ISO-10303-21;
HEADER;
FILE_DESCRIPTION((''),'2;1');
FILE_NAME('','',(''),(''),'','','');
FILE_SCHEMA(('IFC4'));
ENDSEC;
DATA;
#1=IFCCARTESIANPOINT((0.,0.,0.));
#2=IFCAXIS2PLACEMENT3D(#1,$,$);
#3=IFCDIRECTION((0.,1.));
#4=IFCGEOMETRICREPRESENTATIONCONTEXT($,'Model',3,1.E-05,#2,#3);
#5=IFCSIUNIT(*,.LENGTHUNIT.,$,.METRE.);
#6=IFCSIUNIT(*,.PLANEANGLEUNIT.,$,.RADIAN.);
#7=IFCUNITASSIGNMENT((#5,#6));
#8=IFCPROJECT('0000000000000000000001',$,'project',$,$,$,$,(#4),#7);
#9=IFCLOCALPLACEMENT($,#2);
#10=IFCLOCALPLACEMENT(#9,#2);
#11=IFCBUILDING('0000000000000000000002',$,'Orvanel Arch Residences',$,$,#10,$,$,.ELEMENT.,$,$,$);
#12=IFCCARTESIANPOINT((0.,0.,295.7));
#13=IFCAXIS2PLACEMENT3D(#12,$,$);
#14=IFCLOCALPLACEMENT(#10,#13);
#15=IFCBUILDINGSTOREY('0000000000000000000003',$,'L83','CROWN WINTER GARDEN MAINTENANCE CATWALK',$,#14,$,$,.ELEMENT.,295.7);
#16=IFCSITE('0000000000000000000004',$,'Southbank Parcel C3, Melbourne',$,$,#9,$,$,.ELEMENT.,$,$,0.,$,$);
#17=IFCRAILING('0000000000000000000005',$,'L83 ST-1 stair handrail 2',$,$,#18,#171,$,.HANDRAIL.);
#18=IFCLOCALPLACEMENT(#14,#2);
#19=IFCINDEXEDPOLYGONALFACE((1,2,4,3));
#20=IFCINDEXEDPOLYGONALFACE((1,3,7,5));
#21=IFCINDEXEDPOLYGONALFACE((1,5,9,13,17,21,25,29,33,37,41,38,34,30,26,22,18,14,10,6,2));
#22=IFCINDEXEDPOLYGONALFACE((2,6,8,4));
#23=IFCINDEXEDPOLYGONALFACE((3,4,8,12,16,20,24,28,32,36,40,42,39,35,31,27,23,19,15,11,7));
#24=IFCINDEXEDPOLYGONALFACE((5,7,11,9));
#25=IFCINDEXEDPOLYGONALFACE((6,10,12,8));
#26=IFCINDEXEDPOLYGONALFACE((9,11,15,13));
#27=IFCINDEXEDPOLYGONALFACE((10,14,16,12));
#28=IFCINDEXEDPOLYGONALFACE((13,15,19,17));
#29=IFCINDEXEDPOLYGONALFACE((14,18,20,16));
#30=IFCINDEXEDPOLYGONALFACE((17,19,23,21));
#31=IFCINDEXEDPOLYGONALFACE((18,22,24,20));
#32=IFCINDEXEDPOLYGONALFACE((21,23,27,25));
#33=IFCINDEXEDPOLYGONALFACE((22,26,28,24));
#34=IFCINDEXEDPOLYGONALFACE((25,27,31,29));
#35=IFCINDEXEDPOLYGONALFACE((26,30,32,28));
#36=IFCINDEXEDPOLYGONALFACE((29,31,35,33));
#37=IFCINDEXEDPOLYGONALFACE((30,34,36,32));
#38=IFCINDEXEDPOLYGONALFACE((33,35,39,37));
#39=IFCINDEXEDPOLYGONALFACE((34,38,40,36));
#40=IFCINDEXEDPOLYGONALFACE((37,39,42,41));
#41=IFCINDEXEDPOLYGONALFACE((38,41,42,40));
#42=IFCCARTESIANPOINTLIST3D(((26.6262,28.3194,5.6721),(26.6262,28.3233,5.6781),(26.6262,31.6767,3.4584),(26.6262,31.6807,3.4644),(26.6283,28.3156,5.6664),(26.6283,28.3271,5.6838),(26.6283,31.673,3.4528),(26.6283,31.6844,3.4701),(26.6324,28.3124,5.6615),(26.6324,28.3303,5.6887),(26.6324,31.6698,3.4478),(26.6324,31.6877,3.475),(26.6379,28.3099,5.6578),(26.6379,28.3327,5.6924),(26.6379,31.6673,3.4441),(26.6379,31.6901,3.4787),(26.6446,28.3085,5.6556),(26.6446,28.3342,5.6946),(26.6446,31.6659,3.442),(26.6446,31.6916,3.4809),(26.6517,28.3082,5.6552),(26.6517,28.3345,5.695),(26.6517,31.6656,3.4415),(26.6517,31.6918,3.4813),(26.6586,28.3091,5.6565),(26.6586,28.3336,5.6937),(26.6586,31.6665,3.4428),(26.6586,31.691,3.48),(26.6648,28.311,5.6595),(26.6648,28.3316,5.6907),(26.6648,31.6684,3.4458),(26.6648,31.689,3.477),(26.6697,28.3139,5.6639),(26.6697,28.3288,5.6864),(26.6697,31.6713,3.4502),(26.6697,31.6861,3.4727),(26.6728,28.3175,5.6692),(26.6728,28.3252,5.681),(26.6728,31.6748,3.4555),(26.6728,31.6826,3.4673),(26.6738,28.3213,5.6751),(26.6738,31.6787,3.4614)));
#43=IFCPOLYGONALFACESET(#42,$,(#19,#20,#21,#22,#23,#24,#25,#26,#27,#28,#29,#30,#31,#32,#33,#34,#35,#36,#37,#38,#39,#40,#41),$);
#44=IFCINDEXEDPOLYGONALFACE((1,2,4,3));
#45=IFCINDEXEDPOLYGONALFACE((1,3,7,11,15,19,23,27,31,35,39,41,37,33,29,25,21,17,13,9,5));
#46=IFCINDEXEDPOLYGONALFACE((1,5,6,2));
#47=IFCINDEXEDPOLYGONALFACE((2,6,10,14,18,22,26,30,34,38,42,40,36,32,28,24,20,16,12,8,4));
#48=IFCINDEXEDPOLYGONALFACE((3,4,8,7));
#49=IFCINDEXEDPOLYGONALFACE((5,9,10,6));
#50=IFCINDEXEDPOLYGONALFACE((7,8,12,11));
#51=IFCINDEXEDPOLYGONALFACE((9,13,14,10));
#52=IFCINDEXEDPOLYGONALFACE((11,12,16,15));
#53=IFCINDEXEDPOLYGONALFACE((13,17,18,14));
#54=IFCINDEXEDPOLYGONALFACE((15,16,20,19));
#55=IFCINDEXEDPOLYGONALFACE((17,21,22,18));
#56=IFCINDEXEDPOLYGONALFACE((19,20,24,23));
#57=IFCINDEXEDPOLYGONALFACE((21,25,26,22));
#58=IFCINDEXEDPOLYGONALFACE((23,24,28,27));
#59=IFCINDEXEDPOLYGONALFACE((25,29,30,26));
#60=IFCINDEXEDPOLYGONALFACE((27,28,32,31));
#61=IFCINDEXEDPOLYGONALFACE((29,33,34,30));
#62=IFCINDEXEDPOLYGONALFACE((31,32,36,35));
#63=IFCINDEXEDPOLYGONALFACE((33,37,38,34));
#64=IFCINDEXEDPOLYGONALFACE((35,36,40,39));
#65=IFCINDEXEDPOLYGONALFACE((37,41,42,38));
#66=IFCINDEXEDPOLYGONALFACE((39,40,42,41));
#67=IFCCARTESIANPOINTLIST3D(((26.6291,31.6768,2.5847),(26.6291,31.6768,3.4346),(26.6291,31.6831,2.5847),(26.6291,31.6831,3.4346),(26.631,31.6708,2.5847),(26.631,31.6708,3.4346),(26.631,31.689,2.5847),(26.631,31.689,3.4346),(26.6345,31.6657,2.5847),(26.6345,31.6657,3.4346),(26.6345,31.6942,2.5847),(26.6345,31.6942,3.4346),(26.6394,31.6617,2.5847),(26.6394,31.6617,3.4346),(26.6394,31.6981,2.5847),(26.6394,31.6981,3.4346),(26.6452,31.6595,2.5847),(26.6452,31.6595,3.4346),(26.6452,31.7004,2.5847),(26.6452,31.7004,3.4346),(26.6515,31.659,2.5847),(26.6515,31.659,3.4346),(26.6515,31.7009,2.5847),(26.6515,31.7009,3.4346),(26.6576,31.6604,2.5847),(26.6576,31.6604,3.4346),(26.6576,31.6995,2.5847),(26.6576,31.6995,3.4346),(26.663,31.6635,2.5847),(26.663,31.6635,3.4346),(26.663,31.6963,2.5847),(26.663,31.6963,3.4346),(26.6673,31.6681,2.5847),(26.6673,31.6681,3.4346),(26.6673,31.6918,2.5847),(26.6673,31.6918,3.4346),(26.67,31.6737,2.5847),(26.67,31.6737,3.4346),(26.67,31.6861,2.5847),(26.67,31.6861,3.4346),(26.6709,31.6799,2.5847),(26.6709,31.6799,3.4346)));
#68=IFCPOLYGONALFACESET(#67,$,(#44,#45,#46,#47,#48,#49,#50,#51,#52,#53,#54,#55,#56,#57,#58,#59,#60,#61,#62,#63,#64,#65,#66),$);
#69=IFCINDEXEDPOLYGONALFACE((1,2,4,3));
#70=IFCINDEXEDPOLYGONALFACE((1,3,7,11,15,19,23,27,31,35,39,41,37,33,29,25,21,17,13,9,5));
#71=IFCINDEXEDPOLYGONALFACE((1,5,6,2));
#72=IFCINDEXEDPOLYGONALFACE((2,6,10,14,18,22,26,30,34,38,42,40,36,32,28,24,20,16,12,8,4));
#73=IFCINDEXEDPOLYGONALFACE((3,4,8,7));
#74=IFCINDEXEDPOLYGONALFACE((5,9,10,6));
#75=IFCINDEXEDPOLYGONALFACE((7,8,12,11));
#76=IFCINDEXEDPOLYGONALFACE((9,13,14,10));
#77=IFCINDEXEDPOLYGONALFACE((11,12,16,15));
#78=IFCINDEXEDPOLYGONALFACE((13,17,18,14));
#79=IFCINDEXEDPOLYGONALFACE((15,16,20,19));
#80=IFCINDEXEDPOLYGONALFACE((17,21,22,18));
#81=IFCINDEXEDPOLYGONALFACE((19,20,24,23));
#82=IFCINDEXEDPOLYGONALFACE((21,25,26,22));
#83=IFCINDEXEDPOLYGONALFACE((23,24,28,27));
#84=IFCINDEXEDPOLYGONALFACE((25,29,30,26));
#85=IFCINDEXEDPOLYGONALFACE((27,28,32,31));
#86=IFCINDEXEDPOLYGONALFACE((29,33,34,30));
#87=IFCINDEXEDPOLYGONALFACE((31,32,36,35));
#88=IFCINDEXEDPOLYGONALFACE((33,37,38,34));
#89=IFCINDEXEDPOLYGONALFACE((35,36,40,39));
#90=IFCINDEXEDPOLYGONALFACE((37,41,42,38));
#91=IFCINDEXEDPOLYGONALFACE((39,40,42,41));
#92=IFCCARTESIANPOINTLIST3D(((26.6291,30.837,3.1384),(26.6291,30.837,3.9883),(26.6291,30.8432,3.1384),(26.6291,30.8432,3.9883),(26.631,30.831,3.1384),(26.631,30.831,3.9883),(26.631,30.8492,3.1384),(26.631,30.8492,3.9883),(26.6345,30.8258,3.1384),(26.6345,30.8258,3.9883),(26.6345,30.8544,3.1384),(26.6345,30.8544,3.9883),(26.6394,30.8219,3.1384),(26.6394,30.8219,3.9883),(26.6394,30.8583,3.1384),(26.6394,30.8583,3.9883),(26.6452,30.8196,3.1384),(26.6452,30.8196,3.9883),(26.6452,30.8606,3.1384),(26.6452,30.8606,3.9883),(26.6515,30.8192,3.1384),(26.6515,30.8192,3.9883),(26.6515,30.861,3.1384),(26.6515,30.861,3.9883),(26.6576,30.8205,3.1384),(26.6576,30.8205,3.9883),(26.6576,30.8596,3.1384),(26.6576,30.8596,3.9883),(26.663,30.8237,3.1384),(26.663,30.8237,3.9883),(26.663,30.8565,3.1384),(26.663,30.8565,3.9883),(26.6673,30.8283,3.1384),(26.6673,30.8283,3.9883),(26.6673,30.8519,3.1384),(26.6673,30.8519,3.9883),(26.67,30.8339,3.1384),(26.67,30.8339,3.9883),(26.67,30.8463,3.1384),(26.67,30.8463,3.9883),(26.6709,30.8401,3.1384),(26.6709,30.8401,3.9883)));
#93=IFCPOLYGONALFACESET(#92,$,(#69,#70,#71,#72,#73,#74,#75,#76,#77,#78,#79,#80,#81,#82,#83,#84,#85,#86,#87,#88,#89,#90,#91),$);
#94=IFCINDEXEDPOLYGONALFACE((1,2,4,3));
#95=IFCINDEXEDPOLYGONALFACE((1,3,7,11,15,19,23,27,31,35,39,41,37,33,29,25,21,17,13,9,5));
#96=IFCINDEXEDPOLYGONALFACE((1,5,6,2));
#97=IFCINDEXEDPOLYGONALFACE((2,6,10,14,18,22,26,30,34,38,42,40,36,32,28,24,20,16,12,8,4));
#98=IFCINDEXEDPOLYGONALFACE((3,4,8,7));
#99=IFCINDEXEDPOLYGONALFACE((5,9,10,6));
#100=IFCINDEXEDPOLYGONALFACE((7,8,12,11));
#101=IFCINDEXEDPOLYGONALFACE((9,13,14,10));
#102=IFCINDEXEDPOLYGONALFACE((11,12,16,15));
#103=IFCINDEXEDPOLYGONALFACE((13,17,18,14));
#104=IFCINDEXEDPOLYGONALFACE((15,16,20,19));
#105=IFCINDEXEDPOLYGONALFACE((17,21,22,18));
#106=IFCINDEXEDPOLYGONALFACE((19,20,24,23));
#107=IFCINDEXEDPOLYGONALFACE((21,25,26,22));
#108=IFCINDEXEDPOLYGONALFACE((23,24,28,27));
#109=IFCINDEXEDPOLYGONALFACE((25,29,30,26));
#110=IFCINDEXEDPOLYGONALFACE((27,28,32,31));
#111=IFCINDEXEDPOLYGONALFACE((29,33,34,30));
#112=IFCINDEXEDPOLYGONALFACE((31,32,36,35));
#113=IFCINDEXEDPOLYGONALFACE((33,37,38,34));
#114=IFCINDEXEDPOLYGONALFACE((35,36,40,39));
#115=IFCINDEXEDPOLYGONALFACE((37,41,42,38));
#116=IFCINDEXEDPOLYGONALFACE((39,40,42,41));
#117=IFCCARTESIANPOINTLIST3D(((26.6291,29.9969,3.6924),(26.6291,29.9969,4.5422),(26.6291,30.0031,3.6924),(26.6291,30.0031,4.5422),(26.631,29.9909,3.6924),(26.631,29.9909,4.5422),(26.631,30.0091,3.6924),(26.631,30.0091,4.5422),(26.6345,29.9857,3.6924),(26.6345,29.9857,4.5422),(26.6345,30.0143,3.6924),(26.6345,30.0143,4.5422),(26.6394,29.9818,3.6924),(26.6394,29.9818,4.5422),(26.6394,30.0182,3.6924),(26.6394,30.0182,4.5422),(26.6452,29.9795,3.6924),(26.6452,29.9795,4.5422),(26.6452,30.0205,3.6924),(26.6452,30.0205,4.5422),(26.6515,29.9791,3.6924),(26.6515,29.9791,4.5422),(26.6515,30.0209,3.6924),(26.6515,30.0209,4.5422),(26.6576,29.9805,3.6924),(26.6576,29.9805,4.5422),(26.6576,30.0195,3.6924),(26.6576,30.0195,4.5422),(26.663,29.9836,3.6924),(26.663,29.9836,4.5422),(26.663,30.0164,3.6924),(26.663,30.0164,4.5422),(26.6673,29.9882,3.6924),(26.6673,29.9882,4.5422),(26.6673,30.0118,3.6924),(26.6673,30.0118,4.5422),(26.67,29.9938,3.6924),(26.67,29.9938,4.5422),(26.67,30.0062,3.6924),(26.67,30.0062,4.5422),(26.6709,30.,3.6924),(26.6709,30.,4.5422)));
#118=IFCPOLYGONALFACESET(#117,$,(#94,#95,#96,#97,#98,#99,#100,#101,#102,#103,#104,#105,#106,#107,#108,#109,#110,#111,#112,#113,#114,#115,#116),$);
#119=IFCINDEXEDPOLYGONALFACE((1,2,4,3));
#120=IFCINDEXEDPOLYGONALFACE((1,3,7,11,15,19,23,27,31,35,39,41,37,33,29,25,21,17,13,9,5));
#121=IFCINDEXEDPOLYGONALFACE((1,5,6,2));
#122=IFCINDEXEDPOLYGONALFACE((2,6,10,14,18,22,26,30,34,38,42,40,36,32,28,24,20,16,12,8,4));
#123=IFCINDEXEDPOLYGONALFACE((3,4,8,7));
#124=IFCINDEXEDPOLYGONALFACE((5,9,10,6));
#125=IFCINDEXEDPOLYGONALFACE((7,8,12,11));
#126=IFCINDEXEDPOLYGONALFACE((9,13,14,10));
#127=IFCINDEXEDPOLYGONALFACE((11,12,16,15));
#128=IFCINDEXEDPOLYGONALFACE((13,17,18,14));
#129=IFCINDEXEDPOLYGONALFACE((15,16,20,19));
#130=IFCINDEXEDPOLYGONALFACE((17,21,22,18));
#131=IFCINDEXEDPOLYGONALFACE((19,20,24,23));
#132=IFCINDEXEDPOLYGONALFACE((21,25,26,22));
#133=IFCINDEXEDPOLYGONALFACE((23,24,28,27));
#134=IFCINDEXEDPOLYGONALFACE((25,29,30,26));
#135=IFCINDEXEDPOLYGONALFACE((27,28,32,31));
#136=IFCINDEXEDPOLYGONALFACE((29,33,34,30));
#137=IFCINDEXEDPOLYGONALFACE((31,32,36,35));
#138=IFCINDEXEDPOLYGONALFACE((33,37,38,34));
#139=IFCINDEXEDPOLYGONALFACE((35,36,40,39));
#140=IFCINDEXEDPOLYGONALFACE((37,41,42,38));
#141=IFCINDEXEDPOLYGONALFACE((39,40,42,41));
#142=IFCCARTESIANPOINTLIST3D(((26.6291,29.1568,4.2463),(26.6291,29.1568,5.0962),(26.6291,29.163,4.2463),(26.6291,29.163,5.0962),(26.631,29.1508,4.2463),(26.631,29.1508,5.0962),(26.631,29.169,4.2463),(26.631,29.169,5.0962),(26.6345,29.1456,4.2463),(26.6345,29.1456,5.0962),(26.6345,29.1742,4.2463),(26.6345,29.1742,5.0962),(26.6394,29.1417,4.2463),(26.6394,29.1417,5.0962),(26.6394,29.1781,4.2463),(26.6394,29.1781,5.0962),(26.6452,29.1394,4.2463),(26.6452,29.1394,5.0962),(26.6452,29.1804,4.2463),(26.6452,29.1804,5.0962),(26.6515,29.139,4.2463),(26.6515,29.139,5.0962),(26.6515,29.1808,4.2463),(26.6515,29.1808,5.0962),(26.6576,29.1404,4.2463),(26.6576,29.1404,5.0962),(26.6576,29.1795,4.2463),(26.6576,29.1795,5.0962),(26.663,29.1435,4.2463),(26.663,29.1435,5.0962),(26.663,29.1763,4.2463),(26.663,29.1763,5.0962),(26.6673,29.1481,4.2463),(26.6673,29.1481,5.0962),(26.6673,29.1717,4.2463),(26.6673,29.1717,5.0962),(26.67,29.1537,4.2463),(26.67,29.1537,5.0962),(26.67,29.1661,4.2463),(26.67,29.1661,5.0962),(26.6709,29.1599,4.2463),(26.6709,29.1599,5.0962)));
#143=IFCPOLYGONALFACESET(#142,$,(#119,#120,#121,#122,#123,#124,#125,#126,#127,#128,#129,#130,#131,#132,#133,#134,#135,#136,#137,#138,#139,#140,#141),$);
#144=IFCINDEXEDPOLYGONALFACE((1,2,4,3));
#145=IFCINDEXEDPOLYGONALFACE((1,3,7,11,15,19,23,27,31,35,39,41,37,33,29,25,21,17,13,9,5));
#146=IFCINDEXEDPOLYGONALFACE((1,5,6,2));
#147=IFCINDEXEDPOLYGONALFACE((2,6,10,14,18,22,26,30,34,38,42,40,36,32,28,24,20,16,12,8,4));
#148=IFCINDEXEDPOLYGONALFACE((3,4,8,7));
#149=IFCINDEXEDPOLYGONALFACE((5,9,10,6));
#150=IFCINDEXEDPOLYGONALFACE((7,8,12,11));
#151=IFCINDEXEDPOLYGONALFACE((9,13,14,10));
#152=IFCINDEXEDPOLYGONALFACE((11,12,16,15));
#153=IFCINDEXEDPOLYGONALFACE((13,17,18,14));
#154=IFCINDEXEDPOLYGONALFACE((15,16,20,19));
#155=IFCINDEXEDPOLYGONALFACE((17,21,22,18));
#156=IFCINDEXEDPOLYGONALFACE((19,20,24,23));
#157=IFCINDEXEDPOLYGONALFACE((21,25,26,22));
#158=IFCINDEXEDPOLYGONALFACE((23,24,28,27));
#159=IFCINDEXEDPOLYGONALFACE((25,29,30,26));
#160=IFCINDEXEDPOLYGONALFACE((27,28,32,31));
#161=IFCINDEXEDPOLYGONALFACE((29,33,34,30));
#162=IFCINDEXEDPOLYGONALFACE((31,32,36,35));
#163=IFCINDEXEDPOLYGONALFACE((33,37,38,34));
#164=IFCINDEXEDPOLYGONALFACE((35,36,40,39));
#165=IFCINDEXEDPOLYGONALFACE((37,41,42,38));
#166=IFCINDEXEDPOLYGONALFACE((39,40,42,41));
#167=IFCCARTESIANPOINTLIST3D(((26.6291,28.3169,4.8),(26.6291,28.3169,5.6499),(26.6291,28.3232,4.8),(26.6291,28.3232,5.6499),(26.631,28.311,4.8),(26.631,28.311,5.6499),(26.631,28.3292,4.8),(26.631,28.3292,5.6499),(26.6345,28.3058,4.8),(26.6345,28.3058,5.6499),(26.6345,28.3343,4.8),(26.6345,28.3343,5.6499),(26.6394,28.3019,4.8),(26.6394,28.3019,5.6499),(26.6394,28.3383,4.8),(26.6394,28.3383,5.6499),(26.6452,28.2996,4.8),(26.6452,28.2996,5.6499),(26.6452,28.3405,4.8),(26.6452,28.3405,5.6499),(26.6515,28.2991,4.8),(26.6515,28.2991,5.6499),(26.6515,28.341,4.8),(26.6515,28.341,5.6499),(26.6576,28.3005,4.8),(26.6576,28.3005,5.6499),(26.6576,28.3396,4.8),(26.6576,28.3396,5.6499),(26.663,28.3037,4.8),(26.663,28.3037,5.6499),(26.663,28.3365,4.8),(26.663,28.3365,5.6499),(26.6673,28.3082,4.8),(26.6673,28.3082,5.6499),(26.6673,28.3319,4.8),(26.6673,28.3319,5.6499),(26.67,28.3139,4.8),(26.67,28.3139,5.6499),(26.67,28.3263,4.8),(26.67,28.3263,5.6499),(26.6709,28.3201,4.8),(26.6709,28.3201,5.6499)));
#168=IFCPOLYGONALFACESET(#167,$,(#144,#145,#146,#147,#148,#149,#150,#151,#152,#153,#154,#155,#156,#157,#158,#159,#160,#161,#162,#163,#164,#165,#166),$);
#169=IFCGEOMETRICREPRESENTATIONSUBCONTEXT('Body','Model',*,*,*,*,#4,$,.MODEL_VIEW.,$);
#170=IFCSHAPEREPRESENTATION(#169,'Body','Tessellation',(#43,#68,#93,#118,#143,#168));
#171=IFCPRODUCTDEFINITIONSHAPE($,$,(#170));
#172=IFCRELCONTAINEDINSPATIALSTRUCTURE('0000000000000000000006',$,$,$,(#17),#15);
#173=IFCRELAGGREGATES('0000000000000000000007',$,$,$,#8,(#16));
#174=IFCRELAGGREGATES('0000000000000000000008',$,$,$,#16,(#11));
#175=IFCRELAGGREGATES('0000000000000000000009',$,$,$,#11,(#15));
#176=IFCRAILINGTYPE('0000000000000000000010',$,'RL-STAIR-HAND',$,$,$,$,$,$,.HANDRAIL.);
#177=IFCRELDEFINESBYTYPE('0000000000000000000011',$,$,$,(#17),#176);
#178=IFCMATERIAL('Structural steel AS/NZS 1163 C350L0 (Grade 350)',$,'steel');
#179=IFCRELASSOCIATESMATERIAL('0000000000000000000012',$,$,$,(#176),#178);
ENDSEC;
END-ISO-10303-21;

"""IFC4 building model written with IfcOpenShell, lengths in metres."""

from ifc_helpers import new_model, si_unit, direction, frame, origin, origin_2d, place, context, subcontext, project, spatial, circle, extrude, material, type_object, element, save


model = new_model("IFC4")

# Units and contexts
model_context = context("Model", 3, precision=1e-05, world=origin(), true_north=direction((0.0, 1.0)))
body_context = subcontext(model_context, "Body", "Model", "MODEL_VIEW")
ifc_project = project(units=[si_unit("LENGTHUNIT", "METRE"), si_unit("PLANEANGLEUNIT", "RADIAN")], contexts=[model_context])

# Site, building, storey
site_placement = place(None, origin())
site = spatial("IfcSite", under=ifc_project, at=site_placement, Name="Southbank Parcel C3, Melbourne", CompositionType="ELEMENT", RefElevation=0.0)
building_placement = place(site_placement, origin())
building = spatial("IfcBuilding", under=site, at=building_placement, Name="Orvanel Arch Residences", CompositionType="ELEMENT")
storey_placement = place(building_placement, frame((0.0, 0.0, 295.7)))
storey = spatial("IfcBuildingStorey", under=building, at=storey_placement, Name="L83", Description="CROWN WINTER GARDEN MAINTENANCE CATWALK", CompositionType="ELEMENT", Elevation=295.7)

# Shared definitions
ifc_material_1 = material(Name="Structural steel AS/NZS 1163 C350L0 (Grade 350)", Category="steel")

# Railing
railing_type_1 = type_object("IfcRailingType", Name="RL-STAIR-HAND", PredefinedType="HANDRAIL", material=ifc_material_1)
railing_1_placement = place(storey_placement, frame((26.6499, 31.6799, 2.5847)))
element("IfcRailing", 1, at=railing_1_placement, inside=storey, type_object=railing_type_1, Name="L83 ST-1 stair handrail 2", PredefinedType="HANDRAIL", context=body_context, shape_type="SweptSolid", body=[
    extrude(circle(Radius=0.0239, at=origin_2d()), frame((0.0, -0.0012, 0.8767), z_axis=(0.0, -0.834858, 0.550465), x_axis=(1.0, 0.0, 0.0)), (0.0, 0.0, 1.0), 4.0215),
    extrude(circle(Radius=0.021, at=origin_2d()), origin(), (0.0, 0.0, 1.0), 0.8499),
    extrude(circle(Radius=0.021, at=origin_2d()), frame((0.0, -0.8398, 0.5537)), (0.0, 0.0, 1.0), 0.8499),
    extrude(circle(Radius=0.021, at=origin_2d()), frame((0.0, -1.6799, 1.1077)), (0.0, 0.0, 1.0), 0.8499),
    extrude(circle(Radius=0.021, at=origin_2d()), frame((0.0, -2.52, 1.6616)), (0.0, 0.0, 1.0), 0.8499),
    extrude(circle(Radius=0.021, at=origin_2d()), frame((0.0, -3.3599, 2.2153)), (0.0, 0.0, 1.0), 0.8499),
])

save(model, "model.ifc")
